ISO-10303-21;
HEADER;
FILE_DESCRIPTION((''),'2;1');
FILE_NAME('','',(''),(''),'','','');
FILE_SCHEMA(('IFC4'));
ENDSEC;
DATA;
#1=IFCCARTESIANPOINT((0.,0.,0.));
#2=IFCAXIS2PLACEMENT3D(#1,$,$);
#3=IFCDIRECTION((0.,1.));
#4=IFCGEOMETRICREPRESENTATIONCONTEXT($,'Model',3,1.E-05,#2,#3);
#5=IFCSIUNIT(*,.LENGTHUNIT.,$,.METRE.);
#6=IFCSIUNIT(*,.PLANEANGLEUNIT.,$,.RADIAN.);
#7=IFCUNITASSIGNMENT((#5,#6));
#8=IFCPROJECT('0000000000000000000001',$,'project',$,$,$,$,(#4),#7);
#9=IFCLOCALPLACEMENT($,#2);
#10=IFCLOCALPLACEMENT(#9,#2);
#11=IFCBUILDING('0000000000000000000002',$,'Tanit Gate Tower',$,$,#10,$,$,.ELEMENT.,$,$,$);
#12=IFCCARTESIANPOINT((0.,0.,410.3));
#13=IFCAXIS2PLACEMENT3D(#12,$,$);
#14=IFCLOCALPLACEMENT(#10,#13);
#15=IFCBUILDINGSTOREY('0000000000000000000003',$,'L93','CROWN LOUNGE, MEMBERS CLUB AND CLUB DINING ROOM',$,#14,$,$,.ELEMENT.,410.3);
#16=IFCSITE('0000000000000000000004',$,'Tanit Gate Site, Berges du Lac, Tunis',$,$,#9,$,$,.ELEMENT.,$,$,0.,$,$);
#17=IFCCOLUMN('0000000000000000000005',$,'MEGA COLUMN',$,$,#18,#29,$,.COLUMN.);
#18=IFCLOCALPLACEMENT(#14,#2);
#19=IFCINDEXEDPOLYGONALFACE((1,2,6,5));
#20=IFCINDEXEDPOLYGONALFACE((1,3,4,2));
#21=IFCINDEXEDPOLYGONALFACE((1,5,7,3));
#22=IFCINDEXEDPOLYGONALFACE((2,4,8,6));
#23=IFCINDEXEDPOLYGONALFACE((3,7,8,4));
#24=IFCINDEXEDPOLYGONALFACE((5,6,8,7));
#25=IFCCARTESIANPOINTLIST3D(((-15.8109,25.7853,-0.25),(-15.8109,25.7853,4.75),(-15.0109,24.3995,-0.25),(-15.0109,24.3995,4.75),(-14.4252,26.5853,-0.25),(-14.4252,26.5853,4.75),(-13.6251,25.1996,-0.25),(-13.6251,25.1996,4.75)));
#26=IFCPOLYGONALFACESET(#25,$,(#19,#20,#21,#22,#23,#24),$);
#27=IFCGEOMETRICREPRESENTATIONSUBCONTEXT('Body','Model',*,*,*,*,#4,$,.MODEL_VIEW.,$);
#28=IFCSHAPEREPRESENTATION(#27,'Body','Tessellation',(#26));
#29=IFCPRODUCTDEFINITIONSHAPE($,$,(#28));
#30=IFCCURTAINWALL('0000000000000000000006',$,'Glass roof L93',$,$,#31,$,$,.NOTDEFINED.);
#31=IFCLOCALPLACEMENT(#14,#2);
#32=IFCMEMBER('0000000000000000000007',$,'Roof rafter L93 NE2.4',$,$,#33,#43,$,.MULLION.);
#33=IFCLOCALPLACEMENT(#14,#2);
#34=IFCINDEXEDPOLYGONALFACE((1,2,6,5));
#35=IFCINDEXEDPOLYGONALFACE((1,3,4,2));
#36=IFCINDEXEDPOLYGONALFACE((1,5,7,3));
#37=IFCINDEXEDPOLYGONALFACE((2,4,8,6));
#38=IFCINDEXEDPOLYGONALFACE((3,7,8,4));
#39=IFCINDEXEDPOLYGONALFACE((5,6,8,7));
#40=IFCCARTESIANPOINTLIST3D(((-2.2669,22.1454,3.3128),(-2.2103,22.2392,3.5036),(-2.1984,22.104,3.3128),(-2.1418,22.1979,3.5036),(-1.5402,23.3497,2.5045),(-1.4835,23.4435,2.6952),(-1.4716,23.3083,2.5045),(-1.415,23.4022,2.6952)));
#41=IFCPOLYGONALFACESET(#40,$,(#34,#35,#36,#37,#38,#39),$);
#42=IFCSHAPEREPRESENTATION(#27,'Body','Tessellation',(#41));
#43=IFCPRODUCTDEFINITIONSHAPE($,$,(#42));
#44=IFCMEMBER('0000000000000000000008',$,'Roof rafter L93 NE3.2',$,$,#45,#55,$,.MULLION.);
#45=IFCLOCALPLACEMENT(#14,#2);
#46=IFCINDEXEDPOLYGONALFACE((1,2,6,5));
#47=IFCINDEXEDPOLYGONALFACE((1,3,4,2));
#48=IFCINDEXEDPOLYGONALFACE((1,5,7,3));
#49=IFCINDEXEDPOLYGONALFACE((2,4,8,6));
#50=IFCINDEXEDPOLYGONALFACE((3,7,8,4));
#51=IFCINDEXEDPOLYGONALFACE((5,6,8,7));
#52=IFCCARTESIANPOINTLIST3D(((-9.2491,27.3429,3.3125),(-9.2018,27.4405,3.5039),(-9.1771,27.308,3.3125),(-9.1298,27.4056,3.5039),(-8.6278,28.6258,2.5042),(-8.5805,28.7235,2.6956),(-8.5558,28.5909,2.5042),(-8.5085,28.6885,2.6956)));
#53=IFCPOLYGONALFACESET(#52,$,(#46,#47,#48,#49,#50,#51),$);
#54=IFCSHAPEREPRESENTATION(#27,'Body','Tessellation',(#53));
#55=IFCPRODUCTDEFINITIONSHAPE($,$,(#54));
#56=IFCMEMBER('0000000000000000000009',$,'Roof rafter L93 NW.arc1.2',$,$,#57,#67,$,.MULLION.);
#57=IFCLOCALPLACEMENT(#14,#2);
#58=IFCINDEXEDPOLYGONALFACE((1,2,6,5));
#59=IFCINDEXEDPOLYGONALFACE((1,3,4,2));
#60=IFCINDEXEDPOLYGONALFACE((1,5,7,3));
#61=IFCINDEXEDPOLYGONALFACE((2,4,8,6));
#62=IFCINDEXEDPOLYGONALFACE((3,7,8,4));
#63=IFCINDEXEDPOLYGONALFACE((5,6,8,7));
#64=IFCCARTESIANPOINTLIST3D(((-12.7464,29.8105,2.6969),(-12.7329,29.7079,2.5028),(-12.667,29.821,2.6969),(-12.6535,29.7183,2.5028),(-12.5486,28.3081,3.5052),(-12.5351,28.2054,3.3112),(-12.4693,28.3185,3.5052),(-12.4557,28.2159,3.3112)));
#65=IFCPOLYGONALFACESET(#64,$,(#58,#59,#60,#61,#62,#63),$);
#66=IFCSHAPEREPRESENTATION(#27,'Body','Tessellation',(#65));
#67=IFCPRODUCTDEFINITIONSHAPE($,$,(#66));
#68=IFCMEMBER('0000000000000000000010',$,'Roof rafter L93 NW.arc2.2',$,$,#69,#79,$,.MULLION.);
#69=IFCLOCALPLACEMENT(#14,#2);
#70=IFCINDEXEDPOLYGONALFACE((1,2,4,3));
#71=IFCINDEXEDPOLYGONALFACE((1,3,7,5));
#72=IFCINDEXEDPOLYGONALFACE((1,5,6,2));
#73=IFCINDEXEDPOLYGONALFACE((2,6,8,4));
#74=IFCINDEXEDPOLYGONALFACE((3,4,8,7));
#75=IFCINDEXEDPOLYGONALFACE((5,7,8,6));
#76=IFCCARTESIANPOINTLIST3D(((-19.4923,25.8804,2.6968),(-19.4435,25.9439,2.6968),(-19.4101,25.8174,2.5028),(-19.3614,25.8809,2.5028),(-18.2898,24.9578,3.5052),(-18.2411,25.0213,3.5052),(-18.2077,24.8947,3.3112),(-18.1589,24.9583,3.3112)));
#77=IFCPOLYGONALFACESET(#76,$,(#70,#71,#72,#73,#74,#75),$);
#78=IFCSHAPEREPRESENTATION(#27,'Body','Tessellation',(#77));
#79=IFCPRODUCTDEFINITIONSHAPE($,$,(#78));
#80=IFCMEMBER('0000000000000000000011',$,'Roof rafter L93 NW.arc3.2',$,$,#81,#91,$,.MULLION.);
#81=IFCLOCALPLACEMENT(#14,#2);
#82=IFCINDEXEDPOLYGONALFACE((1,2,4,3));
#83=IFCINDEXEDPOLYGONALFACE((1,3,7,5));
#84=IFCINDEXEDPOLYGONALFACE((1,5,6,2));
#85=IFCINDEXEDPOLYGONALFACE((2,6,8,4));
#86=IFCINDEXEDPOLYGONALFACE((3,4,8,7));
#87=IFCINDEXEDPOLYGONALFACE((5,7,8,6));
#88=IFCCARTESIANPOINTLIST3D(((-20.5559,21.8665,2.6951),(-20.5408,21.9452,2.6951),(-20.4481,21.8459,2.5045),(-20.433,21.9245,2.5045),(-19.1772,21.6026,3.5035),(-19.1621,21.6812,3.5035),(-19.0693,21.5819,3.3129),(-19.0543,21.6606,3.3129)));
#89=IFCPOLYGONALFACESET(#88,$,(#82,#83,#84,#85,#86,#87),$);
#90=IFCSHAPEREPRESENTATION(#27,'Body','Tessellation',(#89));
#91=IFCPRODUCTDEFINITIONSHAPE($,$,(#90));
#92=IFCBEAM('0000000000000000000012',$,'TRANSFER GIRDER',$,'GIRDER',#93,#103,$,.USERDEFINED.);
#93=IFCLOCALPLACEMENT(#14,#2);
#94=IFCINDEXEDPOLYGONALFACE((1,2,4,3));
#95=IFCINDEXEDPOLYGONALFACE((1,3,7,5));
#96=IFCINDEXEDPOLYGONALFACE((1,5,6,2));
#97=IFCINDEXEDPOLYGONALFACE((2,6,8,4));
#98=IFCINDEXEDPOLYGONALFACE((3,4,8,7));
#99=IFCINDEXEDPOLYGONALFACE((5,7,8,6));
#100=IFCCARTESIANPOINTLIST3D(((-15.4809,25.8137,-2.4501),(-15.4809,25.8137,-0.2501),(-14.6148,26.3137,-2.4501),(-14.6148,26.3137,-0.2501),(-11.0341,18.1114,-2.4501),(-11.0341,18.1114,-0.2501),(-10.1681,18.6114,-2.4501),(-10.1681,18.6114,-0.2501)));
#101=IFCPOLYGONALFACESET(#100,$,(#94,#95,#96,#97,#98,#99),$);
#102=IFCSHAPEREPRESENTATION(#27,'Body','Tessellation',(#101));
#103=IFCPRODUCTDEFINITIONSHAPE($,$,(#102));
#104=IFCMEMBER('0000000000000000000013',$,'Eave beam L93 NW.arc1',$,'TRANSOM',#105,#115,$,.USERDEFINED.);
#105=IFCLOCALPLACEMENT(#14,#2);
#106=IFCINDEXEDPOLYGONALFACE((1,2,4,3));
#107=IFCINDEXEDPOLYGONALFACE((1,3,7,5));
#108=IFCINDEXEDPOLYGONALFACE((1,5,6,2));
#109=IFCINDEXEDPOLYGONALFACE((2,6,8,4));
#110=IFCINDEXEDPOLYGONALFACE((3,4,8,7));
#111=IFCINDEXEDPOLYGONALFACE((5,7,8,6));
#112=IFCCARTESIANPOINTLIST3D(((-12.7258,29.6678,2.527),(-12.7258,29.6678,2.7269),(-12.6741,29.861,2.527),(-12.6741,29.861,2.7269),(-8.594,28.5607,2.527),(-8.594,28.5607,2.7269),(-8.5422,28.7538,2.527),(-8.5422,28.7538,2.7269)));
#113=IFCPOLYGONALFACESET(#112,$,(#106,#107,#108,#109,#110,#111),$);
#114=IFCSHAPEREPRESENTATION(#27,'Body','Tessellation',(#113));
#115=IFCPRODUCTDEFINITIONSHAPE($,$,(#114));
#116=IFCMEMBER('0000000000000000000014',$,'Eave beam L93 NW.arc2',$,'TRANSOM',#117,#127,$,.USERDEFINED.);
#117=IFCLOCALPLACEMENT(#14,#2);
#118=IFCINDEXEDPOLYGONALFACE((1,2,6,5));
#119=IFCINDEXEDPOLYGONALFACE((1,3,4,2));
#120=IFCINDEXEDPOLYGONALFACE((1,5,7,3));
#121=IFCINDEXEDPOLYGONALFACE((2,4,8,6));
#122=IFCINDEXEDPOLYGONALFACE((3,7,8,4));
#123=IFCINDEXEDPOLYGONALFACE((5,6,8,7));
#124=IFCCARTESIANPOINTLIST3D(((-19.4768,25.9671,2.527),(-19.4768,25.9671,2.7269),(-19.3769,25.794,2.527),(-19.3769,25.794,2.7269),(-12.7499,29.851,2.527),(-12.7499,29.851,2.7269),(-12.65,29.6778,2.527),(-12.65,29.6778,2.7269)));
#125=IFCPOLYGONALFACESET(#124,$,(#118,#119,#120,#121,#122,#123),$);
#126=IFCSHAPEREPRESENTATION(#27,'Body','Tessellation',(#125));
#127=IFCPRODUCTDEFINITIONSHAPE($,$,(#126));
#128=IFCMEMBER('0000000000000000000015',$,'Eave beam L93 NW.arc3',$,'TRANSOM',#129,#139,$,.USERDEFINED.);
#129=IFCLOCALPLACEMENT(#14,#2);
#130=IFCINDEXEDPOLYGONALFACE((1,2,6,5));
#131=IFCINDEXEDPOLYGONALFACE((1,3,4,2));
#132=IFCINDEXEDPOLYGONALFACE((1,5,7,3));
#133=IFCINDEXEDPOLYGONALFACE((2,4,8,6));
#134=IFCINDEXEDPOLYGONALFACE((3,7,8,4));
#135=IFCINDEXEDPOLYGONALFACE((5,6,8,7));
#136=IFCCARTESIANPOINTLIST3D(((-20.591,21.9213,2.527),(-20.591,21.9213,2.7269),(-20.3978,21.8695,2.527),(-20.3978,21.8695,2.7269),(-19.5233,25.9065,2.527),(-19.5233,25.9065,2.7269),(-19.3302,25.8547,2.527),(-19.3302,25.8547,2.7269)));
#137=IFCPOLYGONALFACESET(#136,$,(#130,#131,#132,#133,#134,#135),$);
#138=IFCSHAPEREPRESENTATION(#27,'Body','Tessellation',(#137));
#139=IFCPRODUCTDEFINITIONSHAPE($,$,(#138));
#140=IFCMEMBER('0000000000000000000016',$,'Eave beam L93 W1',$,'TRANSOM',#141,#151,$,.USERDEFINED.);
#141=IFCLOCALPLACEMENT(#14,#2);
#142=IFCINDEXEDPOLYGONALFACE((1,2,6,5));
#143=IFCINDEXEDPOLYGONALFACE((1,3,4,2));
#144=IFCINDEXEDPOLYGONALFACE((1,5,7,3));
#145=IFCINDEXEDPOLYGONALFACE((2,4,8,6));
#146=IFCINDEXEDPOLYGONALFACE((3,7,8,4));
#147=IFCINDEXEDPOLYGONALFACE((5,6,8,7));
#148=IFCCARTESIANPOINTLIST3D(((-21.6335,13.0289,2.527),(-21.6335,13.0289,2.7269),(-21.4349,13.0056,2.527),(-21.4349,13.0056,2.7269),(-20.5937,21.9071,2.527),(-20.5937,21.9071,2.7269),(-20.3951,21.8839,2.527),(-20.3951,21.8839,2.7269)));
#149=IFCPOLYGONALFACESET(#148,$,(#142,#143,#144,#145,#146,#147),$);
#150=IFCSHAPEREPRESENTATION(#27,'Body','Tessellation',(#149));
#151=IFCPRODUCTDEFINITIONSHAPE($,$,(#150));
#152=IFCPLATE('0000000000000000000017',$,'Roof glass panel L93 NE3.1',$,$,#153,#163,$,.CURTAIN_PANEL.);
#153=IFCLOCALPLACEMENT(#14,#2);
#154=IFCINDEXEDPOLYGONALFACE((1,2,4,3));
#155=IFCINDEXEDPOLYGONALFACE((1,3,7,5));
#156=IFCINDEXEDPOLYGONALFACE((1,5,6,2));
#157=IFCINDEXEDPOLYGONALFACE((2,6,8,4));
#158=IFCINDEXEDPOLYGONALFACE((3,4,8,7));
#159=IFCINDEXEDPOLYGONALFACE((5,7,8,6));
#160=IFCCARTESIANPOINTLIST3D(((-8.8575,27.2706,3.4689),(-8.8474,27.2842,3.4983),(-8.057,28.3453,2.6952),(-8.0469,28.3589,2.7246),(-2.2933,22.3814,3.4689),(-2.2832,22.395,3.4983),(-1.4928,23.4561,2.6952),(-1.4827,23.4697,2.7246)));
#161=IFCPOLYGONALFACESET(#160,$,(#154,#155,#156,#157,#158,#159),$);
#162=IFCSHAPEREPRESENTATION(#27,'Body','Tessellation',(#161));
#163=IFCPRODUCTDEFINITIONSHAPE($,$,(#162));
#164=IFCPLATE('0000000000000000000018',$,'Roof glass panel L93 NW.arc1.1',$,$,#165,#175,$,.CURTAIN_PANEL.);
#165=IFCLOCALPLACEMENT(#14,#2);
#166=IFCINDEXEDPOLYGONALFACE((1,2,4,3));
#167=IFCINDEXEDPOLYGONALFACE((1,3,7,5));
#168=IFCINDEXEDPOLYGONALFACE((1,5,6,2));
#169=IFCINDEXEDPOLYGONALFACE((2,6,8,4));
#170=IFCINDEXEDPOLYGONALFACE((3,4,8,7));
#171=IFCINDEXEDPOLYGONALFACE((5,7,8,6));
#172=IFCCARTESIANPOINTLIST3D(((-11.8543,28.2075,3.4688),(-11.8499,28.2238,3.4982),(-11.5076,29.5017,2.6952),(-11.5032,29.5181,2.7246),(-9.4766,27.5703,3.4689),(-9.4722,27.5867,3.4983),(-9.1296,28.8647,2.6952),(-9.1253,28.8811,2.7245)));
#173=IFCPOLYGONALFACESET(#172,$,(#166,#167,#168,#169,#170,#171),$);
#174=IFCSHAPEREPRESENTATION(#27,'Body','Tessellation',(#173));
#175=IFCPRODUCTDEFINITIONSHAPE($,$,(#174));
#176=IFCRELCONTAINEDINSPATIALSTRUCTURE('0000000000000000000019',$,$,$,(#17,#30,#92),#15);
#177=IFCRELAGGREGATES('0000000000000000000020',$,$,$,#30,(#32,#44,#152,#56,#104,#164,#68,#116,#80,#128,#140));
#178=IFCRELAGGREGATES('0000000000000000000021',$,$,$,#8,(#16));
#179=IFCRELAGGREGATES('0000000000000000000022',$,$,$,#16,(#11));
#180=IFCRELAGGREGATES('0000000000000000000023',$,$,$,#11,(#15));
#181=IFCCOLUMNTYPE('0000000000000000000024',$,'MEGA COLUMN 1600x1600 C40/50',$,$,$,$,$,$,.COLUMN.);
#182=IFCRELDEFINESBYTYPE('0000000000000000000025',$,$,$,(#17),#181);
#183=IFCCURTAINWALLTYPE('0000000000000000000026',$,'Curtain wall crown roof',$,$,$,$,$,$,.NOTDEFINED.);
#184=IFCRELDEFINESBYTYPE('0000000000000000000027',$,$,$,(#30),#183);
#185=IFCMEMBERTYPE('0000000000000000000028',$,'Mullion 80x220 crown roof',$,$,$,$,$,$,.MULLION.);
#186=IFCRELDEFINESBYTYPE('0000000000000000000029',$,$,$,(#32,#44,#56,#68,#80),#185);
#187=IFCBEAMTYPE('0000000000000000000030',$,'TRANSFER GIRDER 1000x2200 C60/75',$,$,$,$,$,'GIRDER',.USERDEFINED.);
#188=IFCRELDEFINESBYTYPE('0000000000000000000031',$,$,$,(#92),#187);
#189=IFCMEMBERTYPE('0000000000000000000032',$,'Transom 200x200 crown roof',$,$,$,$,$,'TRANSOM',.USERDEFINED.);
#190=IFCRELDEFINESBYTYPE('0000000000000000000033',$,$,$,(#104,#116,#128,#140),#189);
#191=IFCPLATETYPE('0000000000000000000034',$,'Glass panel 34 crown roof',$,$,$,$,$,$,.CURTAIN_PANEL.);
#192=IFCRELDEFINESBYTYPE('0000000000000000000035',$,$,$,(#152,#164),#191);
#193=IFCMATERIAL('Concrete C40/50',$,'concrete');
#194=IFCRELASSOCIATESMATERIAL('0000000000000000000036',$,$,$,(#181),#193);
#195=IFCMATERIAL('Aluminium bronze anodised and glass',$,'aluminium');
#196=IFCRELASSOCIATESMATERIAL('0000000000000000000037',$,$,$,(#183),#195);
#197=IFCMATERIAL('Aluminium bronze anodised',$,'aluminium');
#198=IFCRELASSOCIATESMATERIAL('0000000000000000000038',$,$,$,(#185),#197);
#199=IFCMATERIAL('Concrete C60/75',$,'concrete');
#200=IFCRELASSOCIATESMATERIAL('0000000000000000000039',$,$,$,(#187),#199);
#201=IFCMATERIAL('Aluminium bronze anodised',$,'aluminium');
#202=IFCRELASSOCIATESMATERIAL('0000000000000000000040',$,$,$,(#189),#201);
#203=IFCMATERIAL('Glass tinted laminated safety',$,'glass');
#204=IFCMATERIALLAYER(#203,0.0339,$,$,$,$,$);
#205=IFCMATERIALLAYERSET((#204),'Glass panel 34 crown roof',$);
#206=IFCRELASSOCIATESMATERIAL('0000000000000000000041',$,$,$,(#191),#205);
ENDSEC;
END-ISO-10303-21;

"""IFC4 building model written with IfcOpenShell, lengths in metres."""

from ifc_helpers import new_model, si_unit, direction, frame, origin, origin_2d, place, context, subcontext, project, spatial, polyline, rectangle, outline, extrude, material, layer, layer_set, material_profile, profile_set, type_object, element, aggregate, save


model = new_model("IFC4")

# Units and contexts
model_context = context("Model", 3, precision=1e-05, world=origin(), true_north=direction((0.0, 1.0)))
body_context = subcontext(model_context, "Body", "Model", "MODEL_VIEW")
ifc_project = project(units=[si_unit("LENGTHUNIT", "METRE"), si_unit("PLANEANGLEUNIT", "RADIAN")], contexts=[model_context])

# Site, building, storey
site_placement = place(None, origin())
site = spatial("IfcSite", under=ifc_project, at=site_placement, Name="Tanit Gate Site, Berges du Lac, Tunis", CompositionType="ELEMENT", RefElevation=0.0)
building_placement = place(site_placement, origin())
building = spatial("IfcBuilding", under=site, at=building_placement, Name="Tanit Gate Tower", CompositionType="ELEMENT")
storey_placement = place(building_placement, frame((0.0, 0.0, 410.3)))
storey = spatial("IfcBuildingStorey", under=building, at=storey_placement, Name="L93", Description="CROWN LOUNGE, MEMBERS CLUB AND CLUB DINING ROOM", CompositionType="ELEMENT", Elevation=410.3)

# Column
ifc_material_1 = material(Name="Concrete C40/50", Category="concrete")
ifc_material_profile_1 = material_profile(ifc_material_1, rectangle(XDim=1.6001, YDim=1.6001, at=origin_2d()), Name="RC 1600x1600")
ifc_profile_set_1 = profile_set([ifc_material_profile_1], Name="Concrete C40/50")
column_type = type_object("IfcColumnType", Name="MEGA COLUMN 1600x1600 C40/50", PredefinedType="COLUMN", material=ifc_profile_set_1)
column_placement = place(storey_placement, frame((-14.718, 25.4924, -0.25), z_axis=(0.0, 0.0, 1.0), x_axis=(-0.5, 0.866025, 0.0)))
element("IfcColumn", 1, at=column_placement, inside=storey, type_object=column_type, Name="MEGA COLUMN", PredefinedType="COLUMN", context=body_context, shape_type="SweptSolid", body=[
    extrude(rectangle(XDim=1.6001, YDim=1.6001, at=origin_2d()), origin(), (0.0, 0.0, 1.0), 5.0),
])

# Curtain wall, members
ifc_material_2 = material(Name="Aluminium bronze anodised and glass", Category="aluminium")
curtain_wall_type = type_object("IfcCurtainWallType", Name="Curtain wall crown roof", PredefinedType="NOTDEFINED", material=ifc_material_2)
curtain_wall_placement = place(storey_placement, origin())
curtain_wall = element("IfcCurtainWall", 2, at=curtain_wall_placement, inside=storey, type_object=curtain_wall_type, Name="Glass roof L93", PredefinedType="NOTDEFINED")
ifc_material_3 = material(Name="Aluminium bronze anodised", Category="aluminium")
ifc_material_profile_2 = material_profile(ifc_material_3, rectangle(XDim=0.0801, YDim=0.22, at=origin_2d()), Name="80x220 bronze rafter")
ifc_profile_set_2 = profile_set([ifc_material_profile_2], Name="Aluminium bronze anodised")
member_type_1 = type_object("IfcMemberType", Name="Mullion 80x220 crown roof", PredefinedType="MULLION", material=ifc_profile_set_2)
member_1_placement = place(storey_placement, frame((-2.2043, 22.1716, 3.4082), z_axis=(0.447987, 0.742331, -0.498248), x_axis=(-0.856173, 0.516689, 0.0)))
member_1 = element("IfcMember", 3, at=member_1_placement, type_object=member_type_1, Name="Roof rafter L93 NE2.4", PredefinedType="MULLION", context=body_context, shape_type="SweptSolid", body=[
    extrude(rectangle(XDim=0.0801, YDim=0.22, at=origin_2d()), origin(), (0.0, 0.0, 1.0), 1.6223),
])
member_2_placement = place(storey_placement, frame((-9.1895, 27.3743, 3.4082), z_axis=(0.379156, 0.782893, -0.493275), x_axis=(-0.900008, 0.435874, 0.0)))
member_2 = element("IfcMember", 4, at=member_2_placement, type_object=member_type_1, Name="Roof rafter L93 NE3.2", PredefinedType="MULLION", context=body_context, shape_type="SweptSolid", body=[
    extrude(rectangle(XDim=0.0801, YDim=0.22, at=origin_2d()), origin(), (0.0, 0.0, 1.0), 1.6387),
])
member_3_placement = place(storey_placement, frame((-12.5022, 28.262, 3.4082), z_axis=(-0.115139, 0.874775, -0.47065), x_axis=(-0.991449, -0.130496, 0.0)))
member_3 = element("IfcMember", 5, at=member_3_placement, type_object=member_type_1, Name="Roof rafter L93 NW.arc1.2", PredefinedType="MULLION", context=body_context, shape_type="SweptSolid", body=[
    extrude(rectangle(XDim=0.0801, YDim=0.22, at=origin_2d()), origin(), (0.0, 0.0, 1.0), 1.7175),
])
member_4_placement = place(storey_placement, frame((-18.2244, 24.958, 3.4082), z_axis=(-0.700015, 0.537128, -0.470609), x_axis=(-0.608753, -0.79336, 0.0)))
member_4 = element("IfcMember", 6, at=member_4_placement, type_object=member_type_1, Name="Roof rafter L93 NW.arc2.2", PredefinedType="MULLION", context=body_context, shape_type="SweptSolid", body=[
    extrude(rectangle(XDim=0.0801, YDim=0.22, at=origin_2d()), origin(), (0.0, 0.0, 1.0), 1.7178),
])
member_5_placement = place(storey_placement, frame((-19.1157, 21.6316, 3.4082), z_axis=(-0.851125, 0.16293, -0.499039), x_axis=(-0.188015, -0.982166, 0.0)))
member_5 = element("IfcMember", 7, at=member_5_placement, type_object=member_type_1, Name="Roof rafter L93 NW.arc3.2", PredefinedType="MULLION", context=body_context, shape_type="SweptSolid", body=[
    extrude(rectangle(XDim=0.0801, YDim=0.22, at=origin_2d()), origin(), (0.0, 0.0, 1.0), 1.6199),
])

# Beam
ifc_material_4 = material(Name="Concrete C60/75", Category="concrete")
ifc_material_profile_3 = material_profile(ifc_material_4, rectangle(XDim=1.0, YDim=2.2, at=origin_2d()), Name="RC 1000x2200")
ifc_profile_set_3 = profile_set([ifc_material_profile_3], Name="Concrete C60/75")
beam_type = type_object("IfcBeamType", Name="TRANSFER GIRDER 1000x2200 C60/75", ElementType="GIRDER", PredefinedType="USERDEFINED", material=ifc_profile_set_3)
beam_placement = place(storey_placement, frame((-15.0479, 26.0637, -1.3501), z_axis=(0.499983, -0.866035, 0.0), x_axis=(0.866035, 0.499983, 0.0)))
element("IfcBeam", 8, at=beam_placement, inside=storey, type_object=beam_type, Name="TRANSFER GIRDER", ObjectType="GIRDER", PredefinedType="USERDEFINED", context=body_context, shape_type="SweptSolid", body=[
    extrude(rectangle(XDim=1.0, YDim=2.2, at=origin_2d()), origin(), (0.0, 0.0, 1.0), 8.8938),
])

# Members
ifc_material_5 = material(Name="Aluminium bronze anodised", Category="aluminium")
ifc_material_profile_4 = material_profile(ifc_material_5, rectangle(XDim=0.2, YDim=0.2, at=origin_2d()), Name="200x200 bronze transom")
ifc_profile_set_4 = profile_set([ifc_material_profile_4], Name="Aluminium bronze anodised")
member_type_2 = type_object("IfcMemberType", Name="Transom 200x200 crown roof", ElementType="TRANSOM", PredefinedType="USERDEFINED", material=ifc_profile_set_4)
member_6_placement = place(storey_placement, frame((-8.5681, 28.6572, 2.627), z_axis=(-0.965923, 0.258831, 0.0), x_axis=(-0.258831, -0.965923, 0.0)))
member_6 = element("IfcMember", 9, at=member_6_placement, type_object=member_type_2, Name="Eave beam L93 NW.arc1", ObjectType="TRANSOM", PredefinedType="USERDEFINED", context=body_context, shape_type="SweptSolid", body=[
    extrude(rectangle(XDim=0.2, YDim=0.2, at=origin_2d()), origin(), (0.0, 0.0, 1.0), 4.2776),
])
member_7_placement = place(storey_placement, frame((-12.7, 29.7644, 2.627), z_axis=(-0.866022, -0.500006, 0.0), x_axis=(0.500006, -0.866022, 0.0)))
member_7 = element("IfcMember", 10, at=member_7_placement, type_object=member_type_2, Name="Eave beam L93 NW.arc2", ObjectType="TRANSOM", PredefinedType="USERDEFINED", context=body_context, shape_type="SweptSolid", body=[
    extrude(rectangle(XDim=0.2, YDim=0.2, at=origin_2d()), origin(), (0.0, 0.0, 1.0), 7.7676),
])
member_8_placement = place(storey_placement, frame((-19.4268, 25.8806, 2.627), z_axis=(-0.258778, -0.965937, 0.0), x_axis=(0.965937, -0.258778, 0.0)))
member_8 = element("IfcMember", 11, at=member_8_placement, type_object=member_type_2, Name="Eave beam L93 NW.arc3", ObjectType="TRANSOM", PredefinedType="USERDEFINED", context=body_context, shape_type="SweptSolid", body=[
    extrude(rectangle(XDim=0.2, YDim=0.2, at=origin_2d()), origin(), (0.0, 0.0, 1.0), 4.1257),
])
member_9_placement = place(storey_placement, frame((-20.4944, 21.8955, 2.627), z_axis=(-0.116323, -0.993211, 0.0), x_axis=(0.993211, -0.116323, 0.0)))
member_9 = element("IfcMember", 12, at=member_9_placement, type_object=member_type_2, Name="Eave beam L93 W1", ObjectType="TRANSOM", PredefinedType="USERDEFINED", context=body_context, shape_type="SweptSolid", body=[
    extrude(rectangle(XDim=0.2, YDim=0.2, at=origin_2d()), origin(), (0.0, 0.0, 1.0), 8.939),
])

# Plates
ifc_material_6 = material(Name="Glass tinted laminated safety", Category="glass")
ifc_layer_1 = layer(ifc_material_6, 0.0339)
ifc_layer_set_1 = layer_set([ifc_layer_1], Name="Glass panel 34 crown roof")
plate_type = type_object("IfcPlateType", Name="Glass panel 34 crown roof", PredefinedType="CURTAIN_PANEL", material=ifc_layer_set_1)
plate_1_placement = place(storey_placement, frame((-2.2832, 22.395, 3.4983), z_axis=(0.298663, 0.400986, 0.866032), x_axis=(-0.801989, 0.597338, 0.0)))
plate_1 = element("IfcPlate", 13, at=plate_1_placement, type_object=plate_type, Name="Roof glass panel L93 NE3.1", PredefinedType="CURTAIN_PANEL", context=body_context, shape_type="SweptSolid", body=[
    extrude(outline(polyline([(0.0, 0.0), (8.1849, 0.0), (8.1849, -1.5474), (-0.0001, -1.5474), (0.0, 0.0)])), origin(), (0.0, 0.0, -1.0), 0.0339),
])
plate_2_placement = place(storey_placement, frame((-9.4722, 27.5867, 3.4983), z_axis=(0.129407, 0.482989, 0.866011), x_axis=(-0.965919, 0.258845, -0.000026)))
plate_2 = element("IfcPlate", 14, at=plate_2_placement, type_object=plate_type, Name="Roof glass panel L93 NW.arc1.1", PredefinedType="CURTAIN_PANEL", context=body_context, shape_type="SweptSolid", body=[
    extrude(outline(polyline([(0.0, 0.0), (2.4616, 0.0), (2.4617, -1.5472), (0.0, -1.5474), (0.0, 0.0)])), origin(), (0.0, 0.0, -1.0), 0.0339),
])
aggregate(curtain_wall, [member_1, member_2, plate_1, member_3, member_6, plate_2, member_4, member_7, member_5, member_8, member_9])

save(model, "model.ifc")
